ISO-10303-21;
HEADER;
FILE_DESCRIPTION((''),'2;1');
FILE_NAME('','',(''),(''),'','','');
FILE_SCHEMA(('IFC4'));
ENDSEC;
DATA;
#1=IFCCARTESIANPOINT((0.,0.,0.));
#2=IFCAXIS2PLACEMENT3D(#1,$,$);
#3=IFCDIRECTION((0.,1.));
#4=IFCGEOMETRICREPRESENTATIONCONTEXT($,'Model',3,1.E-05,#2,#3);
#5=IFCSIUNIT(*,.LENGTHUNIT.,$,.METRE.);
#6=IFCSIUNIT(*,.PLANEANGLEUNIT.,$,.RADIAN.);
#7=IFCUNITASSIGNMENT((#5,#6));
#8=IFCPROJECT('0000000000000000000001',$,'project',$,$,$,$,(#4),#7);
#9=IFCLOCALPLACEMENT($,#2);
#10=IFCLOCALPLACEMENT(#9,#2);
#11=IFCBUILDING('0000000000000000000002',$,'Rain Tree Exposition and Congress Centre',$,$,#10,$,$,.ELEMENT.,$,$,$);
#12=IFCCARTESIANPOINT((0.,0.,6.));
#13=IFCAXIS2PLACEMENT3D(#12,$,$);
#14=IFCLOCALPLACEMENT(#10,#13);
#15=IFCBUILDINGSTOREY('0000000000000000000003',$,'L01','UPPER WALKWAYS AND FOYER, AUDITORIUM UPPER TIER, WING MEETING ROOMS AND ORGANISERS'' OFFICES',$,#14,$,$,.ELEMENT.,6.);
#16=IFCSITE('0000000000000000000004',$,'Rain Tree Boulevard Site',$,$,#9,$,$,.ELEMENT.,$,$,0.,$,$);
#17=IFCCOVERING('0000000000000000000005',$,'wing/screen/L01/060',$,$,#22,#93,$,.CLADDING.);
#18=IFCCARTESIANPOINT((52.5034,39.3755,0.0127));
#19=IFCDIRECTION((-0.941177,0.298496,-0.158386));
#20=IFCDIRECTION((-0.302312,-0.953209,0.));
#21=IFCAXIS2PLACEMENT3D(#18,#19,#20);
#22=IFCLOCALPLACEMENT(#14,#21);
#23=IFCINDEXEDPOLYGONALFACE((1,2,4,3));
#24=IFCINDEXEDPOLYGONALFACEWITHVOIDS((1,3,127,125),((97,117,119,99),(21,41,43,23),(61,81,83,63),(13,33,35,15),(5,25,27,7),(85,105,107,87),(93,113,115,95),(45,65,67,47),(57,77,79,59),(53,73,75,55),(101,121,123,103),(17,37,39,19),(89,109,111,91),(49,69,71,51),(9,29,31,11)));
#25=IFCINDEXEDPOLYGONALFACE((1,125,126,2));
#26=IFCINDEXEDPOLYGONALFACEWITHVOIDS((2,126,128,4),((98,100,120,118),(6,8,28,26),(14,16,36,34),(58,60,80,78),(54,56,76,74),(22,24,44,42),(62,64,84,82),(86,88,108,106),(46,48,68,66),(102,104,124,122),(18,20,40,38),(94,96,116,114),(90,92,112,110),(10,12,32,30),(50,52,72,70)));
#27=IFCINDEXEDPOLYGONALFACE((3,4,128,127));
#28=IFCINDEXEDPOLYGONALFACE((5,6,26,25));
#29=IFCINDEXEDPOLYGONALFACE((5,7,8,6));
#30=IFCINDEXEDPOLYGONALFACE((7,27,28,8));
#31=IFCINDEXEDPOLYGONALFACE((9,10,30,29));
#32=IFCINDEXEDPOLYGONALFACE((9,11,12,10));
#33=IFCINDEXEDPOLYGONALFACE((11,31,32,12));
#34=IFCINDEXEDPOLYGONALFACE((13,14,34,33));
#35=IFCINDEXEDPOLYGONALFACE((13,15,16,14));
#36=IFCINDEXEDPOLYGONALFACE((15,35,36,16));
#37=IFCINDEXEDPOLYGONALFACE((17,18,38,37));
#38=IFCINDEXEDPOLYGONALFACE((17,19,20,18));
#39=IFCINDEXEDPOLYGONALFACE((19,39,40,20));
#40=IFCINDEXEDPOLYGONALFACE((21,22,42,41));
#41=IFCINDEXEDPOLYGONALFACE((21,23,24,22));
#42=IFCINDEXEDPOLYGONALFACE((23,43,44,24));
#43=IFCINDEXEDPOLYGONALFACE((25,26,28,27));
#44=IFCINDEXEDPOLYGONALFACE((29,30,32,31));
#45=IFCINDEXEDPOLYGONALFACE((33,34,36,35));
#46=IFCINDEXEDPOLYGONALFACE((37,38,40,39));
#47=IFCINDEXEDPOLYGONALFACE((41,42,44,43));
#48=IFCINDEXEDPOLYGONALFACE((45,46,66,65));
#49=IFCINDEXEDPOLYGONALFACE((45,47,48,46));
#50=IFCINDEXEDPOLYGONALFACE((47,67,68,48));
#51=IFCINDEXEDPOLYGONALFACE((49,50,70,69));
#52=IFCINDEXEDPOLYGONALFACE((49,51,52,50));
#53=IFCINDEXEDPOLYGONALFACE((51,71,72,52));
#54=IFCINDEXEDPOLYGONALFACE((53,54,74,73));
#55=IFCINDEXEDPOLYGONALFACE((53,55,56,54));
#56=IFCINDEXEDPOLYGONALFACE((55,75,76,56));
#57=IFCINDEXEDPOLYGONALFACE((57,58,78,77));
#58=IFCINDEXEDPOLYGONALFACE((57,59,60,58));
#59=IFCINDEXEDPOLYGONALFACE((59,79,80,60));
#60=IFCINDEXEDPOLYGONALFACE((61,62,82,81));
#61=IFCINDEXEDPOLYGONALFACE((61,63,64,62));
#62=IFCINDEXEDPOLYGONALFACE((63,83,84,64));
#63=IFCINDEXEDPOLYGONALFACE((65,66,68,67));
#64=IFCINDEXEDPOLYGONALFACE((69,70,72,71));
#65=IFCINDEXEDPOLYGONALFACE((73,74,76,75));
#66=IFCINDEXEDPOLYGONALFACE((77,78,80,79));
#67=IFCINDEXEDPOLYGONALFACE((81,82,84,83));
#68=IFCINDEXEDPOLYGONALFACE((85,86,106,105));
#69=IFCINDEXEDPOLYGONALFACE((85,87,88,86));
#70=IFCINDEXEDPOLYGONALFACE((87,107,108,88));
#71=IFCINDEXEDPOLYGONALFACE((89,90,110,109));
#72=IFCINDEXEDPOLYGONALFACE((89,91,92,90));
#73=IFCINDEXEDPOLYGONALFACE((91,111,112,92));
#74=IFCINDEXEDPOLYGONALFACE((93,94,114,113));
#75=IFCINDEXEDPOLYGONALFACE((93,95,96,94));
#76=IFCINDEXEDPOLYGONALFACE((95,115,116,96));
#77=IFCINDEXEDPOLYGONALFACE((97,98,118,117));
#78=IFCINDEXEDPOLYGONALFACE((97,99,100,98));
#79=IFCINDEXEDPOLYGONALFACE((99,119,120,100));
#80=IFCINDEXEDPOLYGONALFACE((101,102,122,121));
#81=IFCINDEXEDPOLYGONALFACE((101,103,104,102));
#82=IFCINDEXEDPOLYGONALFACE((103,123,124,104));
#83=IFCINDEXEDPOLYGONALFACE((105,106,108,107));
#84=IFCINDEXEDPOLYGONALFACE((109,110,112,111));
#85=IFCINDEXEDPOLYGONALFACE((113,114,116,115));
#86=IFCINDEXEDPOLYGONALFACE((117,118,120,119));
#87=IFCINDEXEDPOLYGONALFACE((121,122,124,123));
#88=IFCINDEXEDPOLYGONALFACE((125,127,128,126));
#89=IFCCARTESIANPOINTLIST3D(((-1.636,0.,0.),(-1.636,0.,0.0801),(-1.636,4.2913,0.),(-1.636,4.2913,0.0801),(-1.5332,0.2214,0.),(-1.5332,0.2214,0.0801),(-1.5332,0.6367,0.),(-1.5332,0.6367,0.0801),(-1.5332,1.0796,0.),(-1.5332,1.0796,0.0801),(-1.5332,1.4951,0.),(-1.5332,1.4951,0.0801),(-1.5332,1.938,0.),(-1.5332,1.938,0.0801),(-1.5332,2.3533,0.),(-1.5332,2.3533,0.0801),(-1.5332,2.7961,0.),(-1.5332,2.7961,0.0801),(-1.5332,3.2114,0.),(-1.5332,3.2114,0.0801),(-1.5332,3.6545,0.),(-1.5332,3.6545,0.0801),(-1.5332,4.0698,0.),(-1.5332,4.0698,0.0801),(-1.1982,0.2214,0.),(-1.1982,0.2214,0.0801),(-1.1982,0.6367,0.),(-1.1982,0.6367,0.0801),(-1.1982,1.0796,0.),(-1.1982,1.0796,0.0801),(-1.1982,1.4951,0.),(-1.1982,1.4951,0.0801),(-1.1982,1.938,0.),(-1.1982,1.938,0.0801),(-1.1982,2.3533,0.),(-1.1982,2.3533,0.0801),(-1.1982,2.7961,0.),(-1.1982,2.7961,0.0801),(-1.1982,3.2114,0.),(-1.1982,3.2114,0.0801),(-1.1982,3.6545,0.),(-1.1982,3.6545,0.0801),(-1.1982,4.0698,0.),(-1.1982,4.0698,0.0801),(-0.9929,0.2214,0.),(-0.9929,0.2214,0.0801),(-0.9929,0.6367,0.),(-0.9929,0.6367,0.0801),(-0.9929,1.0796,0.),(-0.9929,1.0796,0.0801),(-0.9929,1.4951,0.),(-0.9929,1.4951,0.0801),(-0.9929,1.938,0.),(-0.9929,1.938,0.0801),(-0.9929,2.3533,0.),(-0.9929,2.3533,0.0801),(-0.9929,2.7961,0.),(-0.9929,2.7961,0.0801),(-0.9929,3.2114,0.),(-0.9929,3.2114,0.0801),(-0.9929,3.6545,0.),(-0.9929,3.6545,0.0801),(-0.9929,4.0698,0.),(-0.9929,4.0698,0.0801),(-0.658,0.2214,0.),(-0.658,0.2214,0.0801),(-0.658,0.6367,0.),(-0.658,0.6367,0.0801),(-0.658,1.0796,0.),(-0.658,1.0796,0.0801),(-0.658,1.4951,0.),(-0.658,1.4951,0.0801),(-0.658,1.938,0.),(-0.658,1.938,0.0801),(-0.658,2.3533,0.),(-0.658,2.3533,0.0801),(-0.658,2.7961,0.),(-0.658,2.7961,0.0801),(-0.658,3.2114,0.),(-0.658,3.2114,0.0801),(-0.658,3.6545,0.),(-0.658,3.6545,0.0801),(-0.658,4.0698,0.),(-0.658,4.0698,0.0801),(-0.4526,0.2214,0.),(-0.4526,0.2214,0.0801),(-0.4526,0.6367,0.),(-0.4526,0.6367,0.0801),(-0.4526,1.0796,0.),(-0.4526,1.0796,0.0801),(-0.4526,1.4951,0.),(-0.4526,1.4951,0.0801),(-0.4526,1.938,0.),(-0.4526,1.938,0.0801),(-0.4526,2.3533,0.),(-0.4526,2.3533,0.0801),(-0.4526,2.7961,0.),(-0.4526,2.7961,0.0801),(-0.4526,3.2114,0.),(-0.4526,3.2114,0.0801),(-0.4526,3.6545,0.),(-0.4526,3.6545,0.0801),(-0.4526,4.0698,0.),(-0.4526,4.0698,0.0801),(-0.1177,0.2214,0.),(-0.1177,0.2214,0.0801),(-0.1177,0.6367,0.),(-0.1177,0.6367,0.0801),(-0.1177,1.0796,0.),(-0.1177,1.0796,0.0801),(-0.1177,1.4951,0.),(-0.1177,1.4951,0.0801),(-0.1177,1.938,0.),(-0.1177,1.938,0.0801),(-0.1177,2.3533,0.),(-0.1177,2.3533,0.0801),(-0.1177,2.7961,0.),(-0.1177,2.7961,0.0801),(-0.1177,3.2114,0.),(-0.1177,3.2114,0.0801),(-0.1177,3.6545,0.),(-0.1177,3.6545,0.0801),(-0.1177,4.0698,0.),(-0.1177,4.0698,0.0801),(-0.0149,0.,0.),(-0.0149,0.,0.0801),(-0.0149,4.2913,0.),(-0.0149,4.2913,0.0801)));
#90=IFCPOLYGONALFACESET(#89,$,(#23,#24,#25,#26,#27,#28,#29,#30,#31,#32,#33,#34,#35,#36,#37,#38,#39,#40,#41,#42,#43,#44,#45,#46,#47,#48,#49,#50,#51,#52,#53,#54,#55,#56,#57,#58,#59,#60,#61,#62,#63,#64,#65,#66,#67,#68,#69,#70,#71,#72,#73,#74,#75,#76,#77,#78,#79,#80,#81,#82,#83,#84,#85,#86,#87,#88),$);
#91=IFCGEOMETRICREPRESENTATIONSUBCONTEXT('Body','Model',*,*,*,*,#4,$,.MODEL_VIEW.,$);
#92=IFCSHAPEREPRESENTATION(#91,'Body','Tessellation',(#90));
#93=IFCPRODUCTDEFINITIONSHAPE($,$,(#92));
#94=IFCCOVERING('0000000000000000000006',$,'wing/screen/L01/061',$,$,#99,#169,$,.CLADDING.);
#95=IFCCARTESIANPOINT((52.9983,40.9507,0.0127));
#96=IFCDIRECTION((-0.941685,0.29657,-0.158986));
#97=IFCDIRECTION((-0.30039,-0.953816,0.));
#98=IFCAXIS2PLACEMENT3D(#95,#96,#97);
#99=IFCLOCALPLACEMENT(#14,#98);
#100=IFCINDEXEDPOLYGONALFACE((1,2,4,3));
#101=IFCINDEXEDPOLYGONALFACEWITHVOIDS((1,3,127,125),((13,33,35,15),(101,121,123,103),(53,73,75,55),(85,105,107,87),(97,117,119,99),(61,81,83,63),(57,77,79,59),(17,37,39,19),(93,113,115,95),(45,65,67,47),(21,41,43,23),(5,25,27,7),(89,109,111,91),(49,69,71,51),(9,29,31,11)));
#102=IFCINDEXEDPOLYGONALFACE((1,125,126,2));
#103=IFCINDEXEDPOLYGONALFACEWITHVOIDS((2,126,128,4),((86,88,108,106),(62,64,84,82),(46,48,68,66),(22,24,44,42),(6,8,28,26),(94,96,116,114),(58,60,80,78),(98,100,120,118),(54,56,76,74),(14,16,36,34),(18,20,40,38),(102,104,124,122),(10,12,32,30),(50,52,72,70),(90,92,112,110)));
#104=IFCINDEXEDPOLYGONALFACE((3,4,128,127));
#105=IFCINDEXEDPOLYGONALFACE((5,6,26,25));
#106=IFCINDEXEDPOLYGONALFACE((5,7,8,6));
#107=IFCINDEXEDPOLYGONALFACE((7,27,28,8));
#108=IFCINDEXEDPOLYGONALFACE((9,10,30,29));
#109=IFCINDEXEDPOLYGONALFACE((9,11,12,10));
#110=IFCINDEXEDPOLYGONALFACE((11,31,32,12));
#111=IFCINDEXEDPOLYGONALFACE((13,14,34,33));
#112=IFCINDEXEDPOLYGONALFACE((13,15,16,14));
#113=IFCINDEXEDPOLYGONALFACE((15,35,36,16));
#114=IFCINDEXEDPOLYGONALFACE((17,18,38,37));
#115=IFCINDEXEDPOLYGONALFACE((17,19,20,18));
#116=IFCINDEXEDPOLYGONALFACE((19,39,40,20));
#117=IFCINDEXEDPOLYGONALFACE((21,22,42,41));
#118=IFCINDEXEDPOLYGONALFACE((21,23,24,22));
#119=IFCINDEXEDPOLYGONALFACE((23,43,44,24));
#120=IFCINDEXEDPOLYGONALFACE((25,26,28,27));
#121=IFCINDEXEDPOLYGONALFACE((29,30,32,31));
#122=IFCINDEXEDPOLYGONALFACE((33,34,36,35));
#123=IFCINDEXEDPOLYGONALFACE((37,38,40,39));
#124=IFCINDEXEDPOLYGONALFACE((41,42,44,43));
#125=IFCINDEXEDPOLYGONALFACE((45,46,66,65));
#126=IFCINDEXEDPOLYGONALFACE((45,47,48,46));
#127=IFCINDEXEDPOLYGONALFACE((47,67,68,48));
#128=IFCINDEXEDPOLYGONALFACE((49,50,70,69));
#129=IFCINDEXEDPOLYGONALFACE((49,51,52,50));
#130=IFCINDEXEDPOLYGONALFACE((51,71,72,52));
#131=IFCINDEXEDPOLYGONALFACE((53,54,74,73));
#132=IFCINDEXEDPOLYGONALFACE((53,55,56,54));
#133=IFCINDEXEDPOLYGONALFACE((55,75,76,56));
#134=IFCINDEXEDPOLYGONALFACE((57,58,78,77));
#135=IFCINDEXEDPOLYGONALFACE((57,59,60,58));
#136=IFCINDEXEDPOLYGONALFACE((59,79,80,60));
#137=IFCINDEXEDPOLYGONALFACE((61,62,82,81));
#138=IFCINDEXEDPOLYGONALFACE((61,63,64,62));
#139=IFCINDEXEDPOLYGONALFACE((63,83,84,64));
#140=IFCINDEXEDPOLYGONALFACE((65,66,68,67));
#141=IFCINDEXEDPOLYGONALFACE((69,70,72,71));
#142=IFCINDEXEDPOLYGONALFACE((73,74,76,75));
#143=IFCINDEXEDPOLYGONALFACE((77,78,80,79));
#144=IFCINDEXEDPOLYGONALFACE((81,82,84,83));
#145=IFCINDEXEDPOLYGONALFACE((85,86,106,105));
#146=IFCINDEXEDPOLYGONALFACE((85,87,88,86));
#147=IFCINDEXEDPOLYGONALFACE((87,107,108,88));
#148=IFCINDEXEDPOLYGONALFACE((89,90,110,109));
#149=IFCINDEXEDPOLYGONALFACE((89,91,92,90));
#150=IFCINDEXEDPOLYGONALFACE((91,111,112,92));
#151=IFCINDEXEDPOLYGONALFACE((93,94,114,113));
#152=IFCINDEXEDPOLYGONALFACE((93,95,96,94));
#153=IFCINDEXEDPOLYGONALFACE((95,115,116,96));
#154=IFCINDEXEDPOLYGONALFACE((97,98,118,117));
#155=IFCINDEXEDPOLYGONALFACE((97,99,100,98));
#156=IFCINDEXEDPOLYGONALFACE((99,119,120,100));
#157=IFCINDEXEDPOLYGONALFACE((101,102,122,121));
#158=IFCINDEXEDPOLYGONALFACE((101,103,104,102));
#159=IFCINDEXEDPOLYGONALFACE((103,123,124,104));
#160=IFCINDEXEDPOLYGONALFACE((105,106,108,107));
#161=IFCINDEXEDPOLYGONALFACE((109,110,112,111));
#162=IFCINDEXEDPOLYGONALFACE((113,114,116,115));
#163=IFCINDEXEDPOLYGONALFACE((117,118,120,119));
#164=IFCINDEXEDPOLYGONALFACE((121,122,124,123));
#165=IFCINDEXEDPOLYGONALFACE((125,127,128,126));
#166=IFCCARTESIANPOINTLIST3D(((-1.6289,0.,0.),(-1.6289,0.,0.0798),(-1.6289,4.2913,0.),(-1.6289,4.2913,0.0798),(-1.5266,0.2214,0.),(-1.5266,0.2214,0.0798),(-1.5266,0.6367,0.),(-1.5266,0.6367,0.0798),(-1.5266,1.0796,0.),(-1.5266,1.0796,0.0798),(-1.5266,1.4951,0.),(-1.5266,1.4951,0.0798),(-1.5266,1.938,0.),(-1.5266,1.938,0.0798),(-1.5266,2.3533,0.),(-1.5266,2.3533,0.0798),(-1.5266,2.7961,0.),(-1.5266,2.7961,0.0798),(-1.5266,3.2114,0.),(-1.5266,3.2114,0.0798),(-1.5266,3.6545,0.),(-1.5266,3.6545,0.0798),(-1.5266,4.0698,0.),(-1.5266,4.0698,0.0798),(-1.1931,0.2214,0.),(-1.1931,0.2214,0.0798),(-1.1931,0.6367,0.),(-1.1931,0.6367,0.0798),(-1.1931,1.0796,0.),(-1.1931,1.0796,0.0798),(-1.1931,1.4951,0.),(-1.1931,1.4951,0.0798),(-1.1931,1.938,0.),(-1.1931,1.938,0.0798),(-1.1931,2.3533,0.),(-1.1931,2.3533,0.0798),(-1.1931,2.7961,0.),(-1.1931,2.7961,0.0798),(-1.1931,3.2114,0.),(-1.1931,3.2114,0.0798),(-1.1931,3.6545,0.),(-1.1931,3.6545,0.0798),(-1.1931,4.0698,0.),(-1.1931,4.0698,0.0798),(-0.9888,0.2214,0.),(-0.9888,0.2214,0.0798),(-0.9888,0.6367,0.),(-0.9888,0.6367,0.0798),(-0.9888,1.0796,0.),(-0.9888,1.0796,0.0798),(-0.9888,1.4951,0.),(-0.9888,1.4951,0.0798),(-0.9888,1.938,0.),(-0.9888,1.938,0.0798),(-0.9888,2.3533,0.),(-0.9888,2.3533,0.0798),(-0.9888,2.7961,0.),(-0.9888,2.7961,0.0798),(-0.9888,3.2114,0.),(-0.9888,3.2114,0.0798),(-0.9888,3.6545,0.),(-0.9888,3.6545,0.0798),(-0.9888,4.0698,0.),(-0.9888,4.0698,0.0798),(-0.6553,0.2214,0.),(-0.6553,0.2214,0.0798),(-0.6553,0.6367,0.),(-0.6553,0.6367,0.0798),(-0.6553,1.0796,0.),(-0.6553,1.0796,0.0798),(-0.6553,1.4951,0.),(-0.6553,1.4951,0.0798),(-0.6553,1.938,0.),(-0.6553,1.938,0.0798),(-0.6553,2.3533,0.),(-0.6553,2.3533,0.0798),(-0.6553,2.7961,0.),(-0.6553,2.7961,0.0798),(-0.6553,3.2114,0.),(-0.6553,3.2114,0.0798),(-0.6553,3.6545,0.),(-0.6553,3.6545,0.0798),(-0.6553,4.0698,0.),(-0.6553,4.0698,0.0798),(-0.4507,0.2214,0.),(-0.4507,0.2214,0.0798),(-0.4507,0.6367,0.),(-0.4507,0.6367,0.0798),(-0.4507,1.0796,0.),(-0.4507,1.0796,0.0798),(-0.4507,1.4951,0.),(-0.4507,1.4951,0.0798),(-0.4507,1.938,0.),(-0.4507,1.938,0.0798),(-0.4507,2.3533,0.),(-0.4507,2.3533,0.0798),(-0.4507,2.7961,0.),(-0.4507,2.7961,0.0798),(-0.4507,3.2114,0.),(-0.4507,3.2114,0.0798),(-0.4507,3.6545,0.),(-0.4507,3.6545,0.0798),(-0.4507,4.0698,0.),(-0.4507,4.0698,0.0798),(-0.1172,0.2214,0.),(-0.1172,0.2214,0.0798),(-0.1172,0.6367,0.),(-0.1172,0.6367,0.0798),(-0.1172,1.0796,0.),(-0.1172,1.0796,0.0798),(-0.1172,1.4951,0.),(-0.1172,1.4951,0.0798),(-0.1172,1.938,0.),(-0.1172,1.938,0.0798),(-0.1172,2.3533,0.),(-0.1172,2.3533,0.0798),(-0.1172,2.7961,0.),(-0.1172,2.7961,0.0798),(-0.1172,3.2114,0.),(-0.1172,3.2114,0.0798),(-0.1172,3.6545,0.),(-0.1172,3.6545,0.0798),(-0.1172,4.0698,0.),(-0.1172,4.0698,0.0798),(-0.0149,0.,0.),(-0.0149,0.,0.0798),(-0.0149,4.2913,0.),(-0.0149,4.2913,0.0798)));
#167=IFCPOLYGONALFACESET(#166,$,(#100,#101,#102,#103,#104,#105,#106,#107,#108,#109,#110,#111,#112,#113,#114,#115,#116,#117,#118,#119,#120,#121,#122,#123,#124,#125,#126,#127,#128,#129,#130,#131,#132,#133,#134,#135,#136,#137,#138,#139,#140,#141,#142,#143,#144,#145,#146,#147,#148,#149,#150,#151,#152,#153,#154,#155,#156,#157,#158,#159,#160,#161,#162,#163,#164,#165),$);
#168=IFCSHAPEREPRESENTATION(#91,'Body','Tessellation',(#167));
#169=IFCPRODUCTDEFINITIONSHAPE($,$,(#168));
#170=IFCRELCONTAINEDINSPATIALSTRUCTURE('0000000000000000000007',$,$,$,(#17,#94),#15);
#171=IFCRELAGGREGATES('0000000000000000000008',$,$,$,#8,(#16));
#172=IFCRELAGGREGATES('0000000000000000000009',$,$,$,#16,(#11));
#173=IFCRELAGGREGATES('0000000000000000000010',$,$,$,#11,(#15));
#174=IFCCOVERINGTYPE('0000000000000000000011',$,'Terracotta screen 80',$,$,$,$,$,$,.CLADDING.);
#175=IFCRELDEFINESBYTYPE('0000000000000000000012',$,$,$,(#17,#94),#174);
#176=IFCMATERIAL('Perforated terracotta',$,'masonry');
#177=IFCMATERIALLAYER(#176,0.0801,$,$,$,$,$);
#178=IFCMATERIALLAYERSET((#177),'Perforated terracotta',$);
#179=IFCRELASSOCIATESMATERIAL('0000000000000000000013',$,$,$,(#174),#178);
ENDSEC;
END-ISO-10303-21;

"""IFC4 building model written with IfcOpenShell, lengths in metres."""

from ifc_helpers import new_model, si_unit, direction, frame, origin, place, context, subcontext, project, spatial, polyline, outline, extrude, material, layer, layer_set, type_object, element, save


model = new_model("IFC4")

# Units and contexts
model_context = context("Model", 3, precision=1e-05, world=origin(), true_north=direction((0.0, 1.0)))
body_context = subcontext(model_context, "Body", "Model", "MODEL_VIEW")
ifc_project = project(units=[si_unit("LENGTHUNIT", "METRE"), si_unit("PLANEANGLEUNIT", "RADIAN")], contexts=[model_context])

# Site, building, storey
site_placement = place(None, origin())
site = spatial("IfcSite", under=ifc_project, at=site_placement, Name="Rain Tree Boulevard Site", CompositionType="ELEMENT", RefElevation=0.0)
building_placement = place(site_placement, origin())
building = spatial("IfcBuilding", under=site, at=building_placement, Name="Rain Tree Exposition and Congress Centre", CompositionType="ELEMENT")
storey_placement = place(building_placement, frame((0.0, 0.0, 6.0)))
storey = spatial("IfcBuildingStorey", under=building, at=storey_placement, Name="L01", Description="UPPER WALKWAYS AND FOYER, AUDITORIUM UPPER TIER, WING MEETING ROOMS AND ORGANISERS' OFFICES", CompositionType="ELEMENT", Elevation=6.0)

# Coverings
ifc_material_1 = material(Name="Perforated terracotta", Category="masonry")
ifc_layer = layer(ifc_material_1, 0.0801)
ifc_layer_set = layer_set([ifc_layer], Name="Perforated terracotta")
covering_type = type_object("IfcCoveringType", Name="Terracotta screen 80", PredefinedType="CLADDING", material=ifc_layer_set)
covering_1_placement = place(storey_placement, frame((52.5034, 39.3755, 0.0127), z_axis=(-0.941177, 0.298496, -0.158386), x_axis=(-0.302312, -0.953209, 0.0)))
element("IfcCovering", 1, at=covering_1_placement, inside=storey, type_object=covering_type, Name="wing/screen/L01/060", PredefinedType="CLADDING", context=body_context, shape_type="SweptSolid", body=[
    extrude(outline(polyline([(-1.636, 0.0), (-1.636, 4.2913), (-0.0149, 4.2913), (-0.0149, 0.0), (-1.636, 0.0)]), holes=[polyline([(-0.1177, 0.2214), (-0.1177, 0.6367), (-0.4526, 0.6367), (-0.4526, 0.2214), (-0.1177, 0.2214)]), polyline([(-0.1177, 1.0796), (-0.1177, 1.4951), (-0.4526, 1.4951), (-0.4526, 1.0796), (-0.1177, 1.0796)]), polyline([(-0.1177, 1.938), (-0.1177, 2.3533), (-0.4526, 2.3533), (-0.4526, 1.938), (-0.1177, 1.938)]), polyline([(-0.1177, 2.7961), (-0.1177, 3.2114), (-0.4526, 3.2114), (-0.4526, 2.7961), (-0.1177, 2.7961)]), polyline([(-0.1177, 3.6545), (-0.1177, 4.0698), (-0.4526, 4.0698), (-0.4526, 3.6545), (-0.1177, 3.6545)]), polyline([(-0.658, 0.2214), (-0.658, 0.6367), (-0.9929, 0.6367), (-0.9929, 0.2214), (-0.658, 0.2214)]), polyline([(-0.658, 1.0796), (-0.658, 1.4951), (-0.9929, 1.4951), (-0.9929, 1.0796), (-0.658, 1.0796)]), polyline([(-0.658, 1.938), (-0.658, 2.3533), (-0.9929, 2.3533), (-0.9929, 1.938), (-0.658, 1.938)]), polyline([(-0.658, 2.7961), (-0.658, 3.2114), (-0.9929, 3.2114), (-0.9929, 2.7961), (-0.658, 2.7961)]), polyline([(-0.658, 3.6545), (-0.658, 4.0698), (-0.9929, 4.0698), (-0.9929, 3.6545), (-0.658, 3.6545)]), polyline([(-1.1982, 0.2214), (-1.1982, 0.6367), (-1.5332, 0.6367), (-1.5332, 0.2214), (-1.1982, 0.2214)]), polyline([(-1.1982, 1.0796), (-1.1982, 1.4951), (-1.5332, 1.4951), (-1.5332, 1.0796), (-1.1982, 1.0796)]), polyline([(-1.1982, 1.938), (-1.1982, 2.3533), (-1.5332, 2.3533), (-1.5332, 1.938), (-1.1982, 1.938)]), polyline([(-1.1982, 2.7961), (-1.1982, 3.2114), (-1.5332, 3.2114), (-1.5332, 2.7961), (-1.1982, 2.7961)]), polyline([(-1.1982, 3.6545), (-1.1982, 4.0698), (-1.5332, 4.0698), (-1.5332, 3.6545), (-1.1982, 3.6545)])]), origin(), (0.0, 0.0, 1.0), 0.0801),
])
covering_2_placement = place(storey_placement, frame((52.9983, 40.9507, 0.0127), z_axis=(-0.941685, 0.29657, -0.158986), x_axis=(-0.30039, -0.953816, 0.0)))
element("IfcCovering", 2, at=covering_2_placement, inside=storey, type_object=covering_type, Name="wing/screen/L01/061", PredefinedType="CLADDING", context=body_context, shape_type="SweptSolid", body=[
    extrude(outline(polyline([(-1.6289, 0.0), (-1.6289, 4.2913), (-0.0149, 4.2913), (-0.0149, 0.0), (-1.6289, 0.0)]), holes=[polyline([(-0.1172, 0.2214), (-0.1172, 0.6367), (-0.4507, 0.6367), (-0.4507, 0.2214), (-0.1172, 0.2214)]), polyline([(-0.1172, 1.0796), (-0.1172, 1.4951), (-0.4507, 1.4951), (-0.4507, 1.0796), (-0.1172, 1.0796)]), polyline([(-0.1172, 1.938), (-0.1172, 2.3533), (-0.4507, 2.3533), (-0.4507, 1.938), (-0.1172, 1.938)]), polyline([(-0.1172, 2.7961), (-0.1172, 3.2114), (-0.4507, 3.2114), (-0.4507, 2.7961), (-0.1172, 2.7961)]), polyline([(-0.1172, 3.6545), (-0.1172, 4.0698), (-0.4507, 4.0698), (-0.4507, 3.6545), (-0.1172, 3.6545)]), polyline([(-0.6553, 0.2214), (-0.6553, 0.6367), (-0.9888, 0.6367), (-0.9888, 0.2214), (-0.6553, 0.2214)]), polyline([(-0.6553, 1.0796), (-0.6553, 1.4951), (-0.9888, 1.4951), (-0.9888, 1.0796), (-0.6553, 1.0796)]), polyline([(-0.6553, 1.938), (-0.6553, 2.3533), (-0.9888, 2.3533), (-0.9888, 1.938), (-0.6553, 1.938)]), polyline([(-0.6553, 2.7961), (-0.6553, 3.2114), (-0.9888, 3.2114), (-0.9888, 2.7961), (-0.6553, 2.7961)]), polyline([(-0.6553, 3.6545), (-0.6553, 4.0698), (-0.9888, 4.0698), (-0.9888, 3.6545), (-0.6553, 3.6545)]), polyline([(-1.1931, 0.2214), (-1.1931, 0.6367), (-1.5266, 0.6367), (-1.5266, 0.2214), (-1.1931, 0.2214)]), polyline([(-1.1931, 1.0796), (-1.1931, 1.4951), (-1.5266, 1.4951), (-1.5266, 1.0796), (-1.1931, 1.0796)]), polyline([(-1.1931, 1.938), (-1.1931, 2.3533), (-1.5266, 2.3533), (-1.5266, 1.938), (-1.1931, 1.938)]), polyline([(-1.1931, 2.7961), (-1.1931, 3.2114), (-1.5266, 3.2114), (-1.5266, 2.7961), (-1.1931, 2.7961)]), polyline([(-1.1931, 3.6545), (-1.1931, 4.0698), (-1.5266, 4.0698), (-1.5266, 3.6545), (-1.1931, 3.6545)])]), origin(), (0.0, 0.0, 1.0), 0.0798),
])

save(model, "model.ifc")
